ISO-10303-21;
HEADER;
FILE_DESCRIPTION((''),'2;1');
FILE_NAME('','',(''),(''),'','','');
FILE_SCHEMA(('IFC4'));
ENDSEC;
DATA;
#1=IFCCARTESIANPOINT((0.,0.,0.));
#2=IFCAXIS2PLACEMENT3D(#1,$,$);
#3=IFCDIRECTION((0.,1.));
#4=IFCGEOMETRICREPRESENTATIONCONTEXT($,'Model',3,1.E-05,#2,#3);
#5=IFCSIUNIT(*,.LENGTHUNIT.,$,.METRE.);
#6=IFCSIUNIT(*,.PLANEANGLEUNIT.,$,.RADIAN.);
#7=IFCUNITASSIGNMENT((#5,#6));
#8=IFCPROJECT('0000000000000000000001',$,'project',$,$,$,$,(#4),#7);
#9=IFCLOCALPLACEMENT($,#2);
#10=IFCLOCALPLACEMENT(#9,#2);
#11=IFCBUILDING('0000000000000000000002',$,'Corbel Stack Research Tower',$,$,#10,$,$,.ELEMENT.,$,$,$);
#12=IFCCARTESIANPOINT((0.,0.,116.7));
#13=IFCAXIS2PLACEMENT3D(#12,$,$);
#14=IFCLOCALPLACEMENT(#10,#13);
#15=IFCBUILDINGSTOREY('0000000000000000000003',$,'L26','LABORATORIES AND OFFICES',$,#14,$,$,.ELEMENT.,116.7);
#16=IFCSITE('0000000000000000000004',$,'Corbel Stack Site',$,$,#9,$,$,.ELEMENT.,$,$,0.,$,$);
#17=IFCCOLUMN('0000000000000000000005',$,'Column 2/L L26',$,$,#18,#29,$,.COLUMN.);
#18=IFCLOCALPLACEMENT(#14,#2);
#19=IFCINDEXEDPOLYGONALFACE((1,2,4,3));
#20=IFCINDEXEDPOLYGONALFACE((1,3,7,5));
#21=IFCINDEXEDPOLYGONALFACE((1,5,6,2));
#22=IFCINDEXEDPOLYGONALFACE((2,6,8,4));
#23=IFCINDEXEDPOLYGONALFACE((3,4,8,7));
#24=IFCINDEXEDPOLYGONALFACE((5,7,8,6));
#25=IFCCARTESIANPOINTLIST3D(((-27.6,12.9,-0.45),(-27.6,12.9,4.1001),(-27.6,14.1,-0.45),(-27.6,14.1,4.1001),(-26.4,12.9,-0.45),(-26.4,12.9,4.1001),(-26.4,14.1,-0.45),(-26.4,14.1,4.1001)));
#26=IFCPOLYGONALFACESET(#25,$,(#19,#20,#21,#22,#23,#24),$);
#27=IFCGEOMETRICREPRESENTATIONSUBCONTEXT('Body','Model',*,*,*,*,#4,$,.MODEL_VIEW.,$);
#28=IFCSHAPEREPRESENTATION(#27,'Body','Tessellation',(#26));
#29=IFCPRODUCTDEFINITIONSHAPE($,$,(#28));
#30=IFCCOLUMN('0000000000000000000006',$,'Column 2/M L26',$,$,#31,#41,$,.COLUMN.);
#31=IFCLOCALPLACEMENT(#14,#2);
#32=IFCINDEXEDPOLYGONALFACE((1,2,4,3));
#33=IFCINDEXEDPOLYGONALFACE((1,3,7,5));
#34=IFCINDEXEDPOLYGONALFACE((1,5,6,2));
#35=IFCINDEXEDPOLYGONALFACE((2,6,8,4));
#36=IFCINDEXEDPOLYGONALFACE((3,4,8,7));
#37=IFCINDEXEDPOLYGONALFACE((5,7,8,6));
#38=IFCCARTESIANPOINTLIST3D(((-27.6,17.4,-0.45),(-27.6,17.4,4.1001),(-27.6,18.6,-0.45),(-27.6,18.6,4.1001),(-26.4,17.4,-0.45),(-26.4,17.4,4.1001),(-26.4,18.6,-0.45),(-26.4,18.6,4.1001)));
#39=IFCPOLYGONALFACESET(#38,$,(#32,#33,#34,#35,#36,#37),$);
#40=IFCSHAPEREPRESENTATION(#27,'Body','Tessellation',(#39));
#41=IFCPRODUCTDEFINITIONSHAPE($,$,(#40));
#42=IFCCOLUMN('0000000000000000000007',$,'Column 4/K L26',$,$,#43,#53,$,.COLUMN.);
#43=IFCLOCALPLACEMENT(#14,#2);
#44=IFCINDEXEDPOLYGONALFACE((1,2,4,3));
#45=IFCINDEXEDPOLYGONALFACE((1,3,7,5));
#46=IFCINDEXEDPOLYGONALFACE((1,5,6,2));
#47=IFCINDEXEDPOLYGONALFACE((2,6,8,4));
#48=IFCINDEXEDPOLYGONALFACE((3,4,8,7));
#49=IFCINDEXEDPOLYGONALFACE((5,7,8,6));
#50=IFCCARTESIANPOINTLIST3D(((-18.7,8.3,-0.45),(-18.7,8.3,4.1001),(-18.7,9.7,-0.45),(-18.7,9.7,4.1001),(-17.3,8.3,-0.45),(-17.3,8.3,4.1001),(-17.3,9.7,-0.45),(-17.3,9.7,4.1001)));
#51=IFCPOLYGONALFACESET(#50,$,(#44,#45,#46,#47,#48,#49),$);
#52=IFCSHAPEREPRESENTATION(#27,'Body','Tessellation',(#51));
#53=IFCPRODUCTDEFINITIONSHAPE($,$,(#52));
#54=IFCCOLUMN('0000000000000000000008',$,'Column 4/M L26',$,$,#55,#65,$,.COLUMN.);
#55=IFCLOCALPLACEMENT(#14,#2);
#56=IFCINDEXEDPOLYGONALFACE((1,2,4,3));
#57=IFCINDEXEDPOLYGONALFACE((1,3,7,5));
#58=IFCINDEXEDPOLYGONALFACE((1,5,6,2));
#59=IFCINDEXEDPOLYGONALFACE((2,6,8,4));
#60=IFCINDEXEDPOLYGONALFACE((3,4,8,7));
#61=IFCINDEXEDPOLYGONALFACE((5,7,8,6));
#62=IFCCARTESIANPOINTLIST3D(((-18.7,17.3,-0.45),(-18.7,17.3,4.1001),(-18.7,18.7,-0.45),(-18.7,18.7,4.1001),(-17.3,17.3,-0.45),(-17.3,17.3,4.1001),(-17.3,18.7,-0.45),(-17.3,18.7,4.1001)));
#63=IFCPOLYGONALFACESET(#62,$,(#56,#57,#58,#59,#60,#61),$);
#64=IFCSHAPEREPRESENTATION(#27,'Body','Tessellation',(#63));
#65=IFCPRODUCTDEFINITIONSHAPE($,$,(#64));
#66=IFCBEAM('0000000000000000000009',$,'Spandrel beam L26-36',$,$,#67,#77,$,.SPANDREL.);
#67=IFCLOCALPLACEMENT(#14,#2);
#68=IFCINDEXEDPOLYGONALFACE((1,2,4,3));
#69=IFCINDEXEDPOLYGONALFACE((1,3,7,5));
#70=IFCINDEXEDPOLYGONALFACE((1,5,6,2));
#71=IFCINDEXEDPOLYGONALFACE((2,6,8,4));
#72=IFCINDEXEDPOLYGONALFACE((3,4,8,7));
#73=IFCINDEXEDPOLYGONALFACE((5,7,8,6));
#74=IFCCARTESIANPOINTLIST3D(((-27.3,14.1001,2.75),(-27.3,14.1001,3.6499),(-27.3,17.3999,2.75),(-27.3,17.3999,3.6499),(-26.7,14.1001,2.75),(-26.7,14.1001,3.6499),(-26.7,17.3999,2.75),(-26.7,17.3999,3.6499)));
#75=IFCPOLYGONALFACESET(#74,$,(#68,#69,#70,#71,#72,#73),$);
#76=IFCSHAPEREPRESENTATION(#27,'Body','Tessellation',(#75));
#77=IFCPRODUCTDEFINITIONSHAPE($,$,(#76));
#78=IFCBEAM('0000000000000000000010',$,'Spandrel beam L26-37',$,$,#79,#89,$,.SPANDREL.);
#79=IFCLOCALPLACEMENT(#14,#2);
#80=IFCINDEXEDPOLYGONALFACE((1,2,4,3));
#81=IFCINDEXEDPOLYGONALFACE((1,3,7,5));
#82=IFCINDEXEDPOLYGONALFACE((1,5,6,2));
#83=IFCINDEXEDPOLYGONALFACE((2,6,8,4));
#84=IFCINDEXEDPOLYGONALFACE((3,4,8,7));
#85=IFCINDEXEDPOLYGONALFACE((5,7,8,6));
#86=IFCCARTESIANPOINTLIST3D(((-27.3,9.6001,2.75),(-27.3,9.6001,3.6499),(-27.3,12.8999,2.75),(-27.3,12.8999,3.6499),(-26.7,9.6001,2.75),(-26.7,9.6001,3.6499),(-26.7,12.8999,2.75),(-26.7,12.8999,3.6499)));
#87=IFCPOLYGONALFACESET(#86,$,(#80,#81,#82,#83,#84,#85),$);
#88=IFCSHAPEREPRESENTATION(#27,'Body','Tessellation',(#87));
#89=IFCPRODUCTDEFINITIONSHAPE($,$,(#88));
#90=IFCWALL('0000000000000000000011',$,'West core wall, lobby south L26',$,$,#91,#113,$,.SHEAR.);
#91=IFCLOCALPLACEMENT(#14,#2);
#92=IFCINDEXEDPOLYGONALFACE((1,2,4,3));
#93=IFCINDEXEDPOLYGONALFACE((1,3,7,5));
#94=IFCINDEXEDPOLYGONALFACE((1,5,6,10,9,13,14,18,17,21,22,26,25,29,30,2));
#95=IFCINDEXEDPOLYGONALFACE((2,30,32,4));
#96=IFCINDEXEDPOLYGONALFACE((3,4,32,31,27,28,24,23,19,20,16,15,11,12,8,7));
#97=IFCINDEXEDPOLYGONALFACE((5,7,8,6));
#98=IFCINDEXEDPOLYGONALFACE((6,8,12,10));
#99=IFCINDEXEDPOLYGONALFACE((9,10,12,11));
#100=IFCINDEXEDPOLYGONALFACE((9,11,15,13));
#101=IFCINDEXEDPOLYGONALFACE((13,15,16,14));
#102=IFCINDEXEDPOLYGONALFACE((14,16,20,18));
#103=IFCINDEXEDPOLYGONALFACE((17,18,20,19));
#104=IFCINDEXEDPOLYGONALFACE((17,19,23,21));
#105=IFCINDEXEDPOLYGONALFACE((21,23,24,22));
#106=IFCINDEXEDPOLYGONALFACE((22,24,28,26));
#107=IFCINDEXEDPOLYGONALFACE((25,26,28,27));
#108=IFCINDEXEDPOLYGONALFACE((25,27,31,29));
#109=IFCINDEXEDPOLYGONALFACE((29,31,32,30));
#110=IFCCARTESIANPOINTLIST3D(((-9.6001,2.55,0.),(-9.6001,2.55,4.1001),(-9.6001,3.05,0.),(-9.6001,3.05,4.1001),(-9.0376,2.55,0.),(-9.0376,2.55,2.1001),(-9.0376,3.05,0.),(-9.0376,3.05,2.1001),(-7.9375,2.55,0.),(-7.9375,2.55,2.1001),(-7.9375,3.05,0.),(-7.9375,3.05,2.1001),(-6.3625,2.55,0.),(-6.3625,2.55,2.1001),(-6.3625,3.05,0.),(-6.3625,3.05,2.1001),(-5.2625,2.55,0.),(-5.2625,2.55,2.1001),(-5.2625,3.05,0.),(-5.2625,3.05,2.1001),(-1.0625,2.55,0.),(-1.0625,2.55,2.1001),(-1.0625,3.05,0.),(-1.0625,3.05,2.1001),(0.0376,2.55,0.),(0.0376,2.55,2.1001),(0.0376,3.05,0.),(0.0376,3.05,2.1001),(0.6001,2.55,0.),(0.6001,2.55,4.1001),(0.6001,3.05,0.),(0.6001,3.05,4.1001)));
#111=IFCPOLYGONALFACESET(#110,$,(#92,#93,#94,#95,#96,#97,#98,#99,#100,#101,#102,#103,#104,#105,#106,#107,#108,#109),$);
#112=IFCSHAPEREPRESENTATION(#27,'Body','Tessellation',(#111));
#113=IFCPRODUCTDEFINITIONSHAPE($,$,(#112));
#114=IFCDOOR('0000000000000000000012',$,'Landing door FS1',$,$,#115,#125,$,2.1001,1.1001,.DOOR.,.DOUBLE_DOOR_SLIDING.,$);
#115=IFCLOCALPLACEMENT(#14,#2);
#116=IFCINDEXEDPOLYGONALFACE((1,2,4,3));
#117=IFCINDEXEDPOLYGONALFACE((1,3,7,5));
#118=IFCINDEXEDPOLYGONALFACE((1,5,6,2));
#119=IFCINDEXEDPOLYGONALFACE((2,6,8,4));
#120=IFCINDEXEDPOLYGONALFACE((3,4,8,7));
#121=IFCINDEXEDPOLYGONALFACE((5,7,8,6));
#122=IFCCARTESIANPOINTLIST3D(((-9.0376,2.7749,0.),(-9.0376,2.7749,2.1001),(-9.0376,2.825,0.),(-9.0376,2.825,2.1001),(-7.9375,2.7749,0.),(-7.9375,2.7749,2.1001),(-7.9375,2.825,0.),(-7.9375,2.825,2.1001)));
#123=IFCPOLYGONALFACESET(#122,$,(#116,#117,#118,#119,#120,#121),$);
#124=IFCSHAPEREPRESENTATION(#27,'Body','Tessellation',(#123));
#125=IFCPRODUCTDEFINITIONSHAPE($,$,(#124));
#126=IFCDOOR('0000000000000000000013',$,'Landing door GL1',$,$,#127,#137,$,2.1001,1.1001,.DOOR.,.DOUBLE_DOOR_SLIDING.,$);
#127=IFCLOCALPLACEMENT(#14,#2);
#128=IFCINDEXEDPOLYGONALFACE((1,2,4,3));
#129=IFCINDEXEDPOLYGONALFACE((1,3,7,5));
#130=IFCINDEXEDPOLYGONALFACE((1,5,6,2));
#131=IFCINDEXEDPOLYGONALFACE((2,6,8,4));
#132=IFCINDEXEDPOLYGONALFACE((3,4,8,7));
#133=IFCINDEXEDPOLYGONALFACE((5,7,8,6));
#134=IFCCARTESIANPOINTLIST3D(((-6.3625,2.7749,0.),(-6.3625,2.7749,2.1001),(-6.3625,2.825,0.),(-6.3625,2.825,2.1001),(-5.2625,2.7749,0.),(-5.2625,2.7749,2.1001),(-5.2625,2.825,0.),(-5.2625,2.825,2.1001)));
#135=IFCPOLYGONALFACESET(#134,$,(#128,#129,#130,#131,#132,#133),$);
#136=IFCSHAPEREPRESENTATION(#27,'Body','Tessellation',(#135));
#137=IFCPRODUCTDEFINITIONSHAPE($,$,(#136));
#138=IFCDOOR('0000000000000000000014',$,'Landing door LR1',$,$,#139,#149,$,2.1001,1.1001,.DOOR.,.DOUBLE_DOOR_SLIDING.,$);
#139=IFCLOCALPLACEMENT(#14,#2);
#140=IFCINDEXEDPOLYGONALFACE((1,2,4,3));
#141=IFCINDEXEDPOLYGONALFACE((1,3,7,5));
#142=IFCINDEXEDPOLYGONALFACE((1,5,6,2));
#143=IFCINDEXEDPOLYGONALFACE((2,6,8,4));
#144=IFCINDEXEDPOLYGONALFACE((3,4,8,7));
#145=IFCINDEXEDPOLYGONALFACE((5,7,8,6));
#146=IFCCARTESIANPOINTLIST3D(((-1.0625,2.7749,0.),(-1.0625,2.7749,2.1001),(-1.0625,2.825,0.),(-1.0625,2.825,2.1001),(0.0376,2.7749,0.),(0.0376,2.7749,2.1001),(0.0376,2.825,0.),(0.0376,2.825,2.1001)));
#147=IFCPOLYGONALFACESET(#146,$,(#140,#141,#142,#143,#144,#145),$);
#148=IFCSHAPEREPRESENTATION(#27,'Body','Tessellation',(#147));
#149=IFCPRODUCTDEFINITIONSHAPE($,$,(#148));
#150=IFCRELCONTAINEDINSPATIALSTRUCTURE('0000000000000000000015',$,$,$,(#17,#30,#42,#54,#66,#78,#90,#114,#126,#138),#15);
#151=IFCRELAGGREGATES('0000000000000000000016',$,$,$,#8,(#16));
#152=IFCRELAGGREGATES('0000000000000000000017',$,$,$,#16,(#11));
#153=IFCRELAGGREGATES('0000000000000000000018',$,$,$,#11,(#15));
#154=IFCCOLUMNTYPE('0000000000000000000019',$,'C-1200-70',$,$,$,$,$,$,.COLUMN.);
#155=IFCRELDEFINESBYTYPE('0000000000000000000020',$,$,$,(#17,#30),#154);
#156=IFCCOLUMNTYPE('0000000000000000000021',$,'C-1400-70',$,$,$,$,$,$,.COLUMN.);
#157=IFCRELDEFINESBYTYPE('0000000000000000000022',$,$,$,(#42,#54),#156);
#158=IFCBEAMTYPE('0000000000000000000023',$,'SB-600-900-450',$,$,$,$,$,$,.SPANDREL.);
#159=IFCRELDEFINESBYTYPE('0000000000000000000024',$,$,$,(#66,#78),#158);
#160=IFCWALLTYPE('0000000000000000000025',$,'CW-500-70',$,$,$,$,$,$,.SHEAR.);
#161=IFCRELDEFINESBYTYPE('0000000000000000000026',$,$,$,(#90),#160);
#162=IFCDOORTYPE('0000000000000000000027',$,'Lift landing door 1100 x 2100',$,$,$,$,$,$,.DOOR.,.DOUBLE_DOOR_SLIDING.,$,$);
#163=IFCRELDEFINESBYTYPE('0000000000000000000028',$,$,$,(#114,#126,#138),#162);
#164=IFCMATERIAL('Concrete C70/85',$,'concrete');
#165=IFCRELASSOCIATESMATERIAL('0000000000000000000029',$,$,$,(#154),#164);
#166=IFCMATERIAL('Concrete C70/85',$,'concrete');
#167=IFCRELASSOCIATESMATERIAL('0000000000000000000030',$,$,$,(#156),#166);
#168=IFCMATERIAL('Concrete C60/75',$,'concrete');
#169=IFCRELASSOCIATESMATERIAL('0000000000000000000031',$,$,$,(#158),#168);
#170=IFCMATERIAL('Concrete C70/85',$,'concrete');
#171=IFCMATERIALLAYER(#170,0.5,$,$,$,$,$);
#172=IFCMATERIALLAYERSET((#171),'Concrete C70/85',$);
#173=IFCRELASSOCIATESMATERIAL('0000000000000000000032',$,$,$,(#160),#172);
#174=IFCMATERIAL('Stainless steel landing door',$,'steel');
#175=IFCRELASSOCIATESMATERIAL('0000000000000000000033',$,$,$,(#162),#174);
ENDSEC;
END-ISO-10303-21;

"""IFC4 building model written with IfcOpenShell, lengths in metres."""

from ifc_helpers import new_model, si_unit, direction, frame, frame_2d, origin, origin_2d, place, context, subcontext, project, spatial, rectangle, extrude, material, layer, layer_set, material_profile, profile_set, type_object, element, fill, save


model = new_model("IFC4")

# Units and contexts
model_context = context("Model", 3, precision=1e-05, world=origin(), true_north=direction((0.0, 1.0)))
body_context = subcontext(model_context, "Body", "Model", "MODEL_VIEW")
ifc_project = project(units=[si_unit("LENGTHUNIT", "METRE"), si_unit("PLANEANGLEUNIT", "RADIAN")], contexts=[model_context])

# Site, building, storey
site_placement = place(None, origin())
site = spatial("IfcSite", under=ifc_project, at=site_placement, Name="Corbel Stack Site", CompositionType="ELEMENT", RefElevation=0.0)
building_placement = place(site_placement, origin())
building = spatial("IfcBuilding", under=site, at=building_placement, Name="Corbel Stack Research Tower", CompositionType="ELEMENT")
storey_placement = place(building_placement, frame((0.0, 0.0, 116.7)))
storey = spatial("IfcBuildingStorey", under=building, at=storey_placement, Name="L26", Description="LABORATORIES AND OFFICES", CompositionType="ELEMENT", Elevation=116.7)

# Columns
ifc_material_1 = material(Name="Concrete C70/85", Category="concrete")
ifc_material_profile_1 = material_profile(ifc_material_1, rectangle(XDim=1.2, YDim=1.2, at=origin_2d()), Name="RC 1200 x 1200")
ifc_profile_set_1 = profile_set([ifc_material_profile_1], Name="Concrete C70/85")
column_type_1 = type_object("IfcColumnType", Name="C-1200-70", PredefinedType="COLUMN", material=ifc_profile_set_1)
for number, where, z_axis, x_axis, name in (
    (1, (-27.0, 13.5, -0.45), (0.0, 0.0, 1.0), (1.0, 0.0, 0.0), "Column 2/L L26"),
    (2, (-27.0, 18.0, -0.45), (0.0, 0.0, 1.0), (1.0, 0.0, 0.0), "Column 2/M L26"),
):
    element("IfcColumn", number, at=place(storey_placement, frame(where, z_axis=z_axis, x_axis=x_axis)), inside=storey, type_object=column_type_1, Name=name, PredefinedType="COLUMN", context=body_context, shape_type="SweptSolid", body=[
        extrude(rectangle(XDim=1.2, YDim=1.2, at=origin_2d()), origin(), (0.0, 0.0, 1.0), 4.55),
    ])
ifc_material_2 = material(Name="Concrete C70/85", Category="concrete")
ifc_material_profile_2 = material_profile(ifc_material_2, rectangle(XDim=1.3999, YDim=1.3999, at=origin_2d()), Name="RC 1400 x 1400")
ifc_profile_set_2 = profile_set([ifc_material_profile_2], Name="Concrete C70/85")
column_type_2 = type_object("IfcColumnType", Name="C-1400-70", PredefinedType="COLUMN", material=ifc_profile_set_2)
for number, where, z_axis, x_axis, name in (
    (3, (-18.0, 9.0, -0.45), (0.0, 0.0, 1.0), (1.0, 0.0, 0.0), "Column 4/K L26"),
    (4, (-18.0, 18.0, -0.45), (0.0, 0.0, 1.0), (1.0, 0.0, 0.0), "Column 4/M L26"),
):
    element("IfcColumn", number, at=place(storey_placement, frame(where, z_axis=z_axis, x_axis=x_axis)), inside=storey, type_object=column_type_2, Name=name, PredefinedType="COLUMN", context=body_context, shape_type="SweptSolid", body=[
        extrude(rectangle(XDim=1.3999, YDim=1.3999, at=origin_2d()), origin(), (0.0, 0.0, 1.0), 4.55),
    ])

# Beams
ifc_material_3 = material(Name="Concrete C60/75", Category="concrete")
ifc_material_profile_3 = material_profile(ifc_material_3, rectangle(XDim=0.6001, YDim=0.8999, at=origin_2d()), Name="RC 600 x 900")
ifc_profile_set_3 = profile_set([ifc_material_profile_3], Name="Concrete C60/75")
beam_type = type_object("IfcBeamType", Name="SB-600-900-450", PredefinedType="SPANDREL", material=ifc_profile_set_3)
for number, where, z_axis, x_axis, name in (
    (5, (-27.0, 17.3999, 3.2), (0.0, -1.0, 0.0), (1.0, 0.0, 0.0), "Spandrel beam L26-36"),
    (6, (-27.0, 12.8999, 3.2), (0.0, -1.0, 0.0), (1.0, 0.0, 0.0), "Spandrel beam L26-37"),
):
    element("IfcBeam", number, at=place(storey_placement, frame(where, z_axis=z_axis, x_axis=x_axis)), inside=storey, type_object=beam_type, Name=name, PredefinedType="SPANDREL", context=body_context, shape_type="SweptSolid", body=[
        extrude(rectangle(XDim=0.6001, YDim=0.8999, at=origin_2d()), origin(), (0.0, 0.0, 1.0), 3.2998),
    ])

# Wall, openings, doors
ifc_material_4 = material(Name="Concrete C70/85", Category="concrete")
ifc_layer_1 = layer(ifc_material_4, 0.5)
ifc_layer_set_1 = layer_set([ifc_layer_1], Name="Concrete C70/85")
wall_type_1 = type_object("IfcWallType", Name="CW-500-70", PredefinedType="SHEAR", material=ifc_layer_set_1)
wall_1_placement = place(storey_placement, frame((-9.6001, 2.8, 0.0), z_axis=(0.0, 0.0, 1.0), x_axis=(1.0, 0.0, 0.0)))
wall_1 = element("IfcWall", 7, at=wall_1_placement, inside=storey, type_object=wall_type_1, Name="West core wall, lobby south L26", PredefinedType="SHEAR", context=body_context, shape_type="SweptSolid", body=[
    extrude(rectangle(XDim=10.2002, YDim=0.5, at=frame_2d((5.1001, 0.0))), origin(), (0.0, 0.0, 1.0), 4.1001),
])
opening_1_placement = place(wall_1_placement, frame((0.5625, 0.0, 0.0)))
opening_1 = element("IfcOpeningElement", 8, at=opening_1_placement, cuts=wall_1, PredefinedType="OPENING", context=body_context, shape_type="SweptSolid", body=[
    extrude(rectangle(XDim=1.1001, YDim=2.1001, at=frame_2d((0.55, 1.05))), frame((0.0, 0.26, 0.0), z_axis=(0.0, -1.0, 0.0), x_axis=(1.0, 0.0, 0.0)), (0.0, 0.0, 1.0), 0.52),
])
opening_2_placement = place(wall_1_placement, frame((3.2375, 0.0, 0.0)))
opening_2 = element("IfcOpeningElement", 9, at=opening_2_placement, cuts=wall_1, PredefinedType="OPENING", context=body_context, shape_type="SweptSolid", body=[
    extrude(rectangle(XDim=1.1001, YDim=2.1001, at=frame_2d((0.55, 1.05))), frame((0.0, 0.26, 0.0), z_axis=(0.0, -1.0, 0.0), x_axis=(1.0, 0.0, 0.0)), (0.0, 0.0, 1.0), 0.52),
])
opening_3_placement = place(wall_1_placement, frame((8.5376, 0.0, 0.0)))
opening_3 = element("IfcOpeningElement", 10, at=opening_3_placement, cuts=wall_1, PredefinedType="OPENING", context=body_context, shape_type="SweptSolid", body=[
    extrude(rectangle(XDim=1.1001, YDim=2.1001, at=frame_2d((0.55, 1.05))), frame((0.0, 0.26, 0.0), z_axis=(0.0, -1.0, 0.0), x_axis=(1.0, 0.0, 0.0)), (0.0, 0.0, 1.0), 0.52),
])
ifc_material_5 = material(Name="Stainless steel landing door", Category="steel")
door_type_1 = type_object("IfcDoorType", Name="Lift landing door 1100 x 2100", OperationType="DOUBLE_DOOR_SLIDING", PredefinedType="DOOR", material=ifc_material_5)
door_1_placement = place(opening_1_placement, origin())
door_1 = element("IfcDoor", 11, at=door_1_placement, inside=storey, type_object=door_type_1, Name="Landing door FS1", OperationType="DOUBLE_DOOR_SLIDING", OverallHeight=2.1001, OverallWidth=1.1001, PredefinedType="DOOR", context=body_context, shape_type="SweptSolid", body=[
    extrude(rectangle(XDim=1.1001, YDim=2.1001, at=frame_2d((0.55, 1.05))), frame((0.0, 0.0249, 0.0), z_axis=(0.0, -1.0, 0.0), x_axis=(1.0, 0.0, 0.0)), (0.0, 0.0, 1.0), 0.05),
])
fill(opening_1, door_1)
door_2_placement = place(opening_2_placement, origin())
door_2 = element("IfcDoor", 12, at=door_2_placement, inside=storey, type_object=door_type_1, Name="Landing door GL1", OperationType="DOUBLE_DOOR_SLIDING", OverallHeight=2.1001, OverallWidth=1.1001, PredefinedType="DOOR", context=body_context, shape_type="SweptSolid", body=[
    extrude(rectangle(XDim=1.1001, YDim=2.1001, at=frame_2d((0.55, 1.05))), frame((0.0, 0.0249, 0.0), z_axis=(0.0, -1.0, 0.0), x_axis=(1.0, 0.0, 0.0)), (0.0, 0.0, 1.0), 0.05),
])
fill(opening_2, door_2)
door_3_placement = place(opening_3_placement, origin())
door_3 = element("IfcDoor", 13, at=door_3_placement, inside=storey, type_object=door_type_1, Name="Landing door LR1", OperationType="DOUBLE_DOOR_SLIDING", OverallHeight=2.1001, OverallWidth=1.1001, PredefinedType="DOOR", context=body_context, shape_type="SweptSolid", body=[
    extrude(rectangle(XDim=1.1001, YDim=2.1001, at=frame_2d((0.55, 1.05))), frame((0.0, 0.0249, 0.0), z_axis=(0.0, -1.0, 0.0), x_axis=(1.0, 0.0, 0.0)), (0.0, 0.0, 1.0), 0.05),
])
fill(opening_3, door_3)

save(model, "model.ifc")
